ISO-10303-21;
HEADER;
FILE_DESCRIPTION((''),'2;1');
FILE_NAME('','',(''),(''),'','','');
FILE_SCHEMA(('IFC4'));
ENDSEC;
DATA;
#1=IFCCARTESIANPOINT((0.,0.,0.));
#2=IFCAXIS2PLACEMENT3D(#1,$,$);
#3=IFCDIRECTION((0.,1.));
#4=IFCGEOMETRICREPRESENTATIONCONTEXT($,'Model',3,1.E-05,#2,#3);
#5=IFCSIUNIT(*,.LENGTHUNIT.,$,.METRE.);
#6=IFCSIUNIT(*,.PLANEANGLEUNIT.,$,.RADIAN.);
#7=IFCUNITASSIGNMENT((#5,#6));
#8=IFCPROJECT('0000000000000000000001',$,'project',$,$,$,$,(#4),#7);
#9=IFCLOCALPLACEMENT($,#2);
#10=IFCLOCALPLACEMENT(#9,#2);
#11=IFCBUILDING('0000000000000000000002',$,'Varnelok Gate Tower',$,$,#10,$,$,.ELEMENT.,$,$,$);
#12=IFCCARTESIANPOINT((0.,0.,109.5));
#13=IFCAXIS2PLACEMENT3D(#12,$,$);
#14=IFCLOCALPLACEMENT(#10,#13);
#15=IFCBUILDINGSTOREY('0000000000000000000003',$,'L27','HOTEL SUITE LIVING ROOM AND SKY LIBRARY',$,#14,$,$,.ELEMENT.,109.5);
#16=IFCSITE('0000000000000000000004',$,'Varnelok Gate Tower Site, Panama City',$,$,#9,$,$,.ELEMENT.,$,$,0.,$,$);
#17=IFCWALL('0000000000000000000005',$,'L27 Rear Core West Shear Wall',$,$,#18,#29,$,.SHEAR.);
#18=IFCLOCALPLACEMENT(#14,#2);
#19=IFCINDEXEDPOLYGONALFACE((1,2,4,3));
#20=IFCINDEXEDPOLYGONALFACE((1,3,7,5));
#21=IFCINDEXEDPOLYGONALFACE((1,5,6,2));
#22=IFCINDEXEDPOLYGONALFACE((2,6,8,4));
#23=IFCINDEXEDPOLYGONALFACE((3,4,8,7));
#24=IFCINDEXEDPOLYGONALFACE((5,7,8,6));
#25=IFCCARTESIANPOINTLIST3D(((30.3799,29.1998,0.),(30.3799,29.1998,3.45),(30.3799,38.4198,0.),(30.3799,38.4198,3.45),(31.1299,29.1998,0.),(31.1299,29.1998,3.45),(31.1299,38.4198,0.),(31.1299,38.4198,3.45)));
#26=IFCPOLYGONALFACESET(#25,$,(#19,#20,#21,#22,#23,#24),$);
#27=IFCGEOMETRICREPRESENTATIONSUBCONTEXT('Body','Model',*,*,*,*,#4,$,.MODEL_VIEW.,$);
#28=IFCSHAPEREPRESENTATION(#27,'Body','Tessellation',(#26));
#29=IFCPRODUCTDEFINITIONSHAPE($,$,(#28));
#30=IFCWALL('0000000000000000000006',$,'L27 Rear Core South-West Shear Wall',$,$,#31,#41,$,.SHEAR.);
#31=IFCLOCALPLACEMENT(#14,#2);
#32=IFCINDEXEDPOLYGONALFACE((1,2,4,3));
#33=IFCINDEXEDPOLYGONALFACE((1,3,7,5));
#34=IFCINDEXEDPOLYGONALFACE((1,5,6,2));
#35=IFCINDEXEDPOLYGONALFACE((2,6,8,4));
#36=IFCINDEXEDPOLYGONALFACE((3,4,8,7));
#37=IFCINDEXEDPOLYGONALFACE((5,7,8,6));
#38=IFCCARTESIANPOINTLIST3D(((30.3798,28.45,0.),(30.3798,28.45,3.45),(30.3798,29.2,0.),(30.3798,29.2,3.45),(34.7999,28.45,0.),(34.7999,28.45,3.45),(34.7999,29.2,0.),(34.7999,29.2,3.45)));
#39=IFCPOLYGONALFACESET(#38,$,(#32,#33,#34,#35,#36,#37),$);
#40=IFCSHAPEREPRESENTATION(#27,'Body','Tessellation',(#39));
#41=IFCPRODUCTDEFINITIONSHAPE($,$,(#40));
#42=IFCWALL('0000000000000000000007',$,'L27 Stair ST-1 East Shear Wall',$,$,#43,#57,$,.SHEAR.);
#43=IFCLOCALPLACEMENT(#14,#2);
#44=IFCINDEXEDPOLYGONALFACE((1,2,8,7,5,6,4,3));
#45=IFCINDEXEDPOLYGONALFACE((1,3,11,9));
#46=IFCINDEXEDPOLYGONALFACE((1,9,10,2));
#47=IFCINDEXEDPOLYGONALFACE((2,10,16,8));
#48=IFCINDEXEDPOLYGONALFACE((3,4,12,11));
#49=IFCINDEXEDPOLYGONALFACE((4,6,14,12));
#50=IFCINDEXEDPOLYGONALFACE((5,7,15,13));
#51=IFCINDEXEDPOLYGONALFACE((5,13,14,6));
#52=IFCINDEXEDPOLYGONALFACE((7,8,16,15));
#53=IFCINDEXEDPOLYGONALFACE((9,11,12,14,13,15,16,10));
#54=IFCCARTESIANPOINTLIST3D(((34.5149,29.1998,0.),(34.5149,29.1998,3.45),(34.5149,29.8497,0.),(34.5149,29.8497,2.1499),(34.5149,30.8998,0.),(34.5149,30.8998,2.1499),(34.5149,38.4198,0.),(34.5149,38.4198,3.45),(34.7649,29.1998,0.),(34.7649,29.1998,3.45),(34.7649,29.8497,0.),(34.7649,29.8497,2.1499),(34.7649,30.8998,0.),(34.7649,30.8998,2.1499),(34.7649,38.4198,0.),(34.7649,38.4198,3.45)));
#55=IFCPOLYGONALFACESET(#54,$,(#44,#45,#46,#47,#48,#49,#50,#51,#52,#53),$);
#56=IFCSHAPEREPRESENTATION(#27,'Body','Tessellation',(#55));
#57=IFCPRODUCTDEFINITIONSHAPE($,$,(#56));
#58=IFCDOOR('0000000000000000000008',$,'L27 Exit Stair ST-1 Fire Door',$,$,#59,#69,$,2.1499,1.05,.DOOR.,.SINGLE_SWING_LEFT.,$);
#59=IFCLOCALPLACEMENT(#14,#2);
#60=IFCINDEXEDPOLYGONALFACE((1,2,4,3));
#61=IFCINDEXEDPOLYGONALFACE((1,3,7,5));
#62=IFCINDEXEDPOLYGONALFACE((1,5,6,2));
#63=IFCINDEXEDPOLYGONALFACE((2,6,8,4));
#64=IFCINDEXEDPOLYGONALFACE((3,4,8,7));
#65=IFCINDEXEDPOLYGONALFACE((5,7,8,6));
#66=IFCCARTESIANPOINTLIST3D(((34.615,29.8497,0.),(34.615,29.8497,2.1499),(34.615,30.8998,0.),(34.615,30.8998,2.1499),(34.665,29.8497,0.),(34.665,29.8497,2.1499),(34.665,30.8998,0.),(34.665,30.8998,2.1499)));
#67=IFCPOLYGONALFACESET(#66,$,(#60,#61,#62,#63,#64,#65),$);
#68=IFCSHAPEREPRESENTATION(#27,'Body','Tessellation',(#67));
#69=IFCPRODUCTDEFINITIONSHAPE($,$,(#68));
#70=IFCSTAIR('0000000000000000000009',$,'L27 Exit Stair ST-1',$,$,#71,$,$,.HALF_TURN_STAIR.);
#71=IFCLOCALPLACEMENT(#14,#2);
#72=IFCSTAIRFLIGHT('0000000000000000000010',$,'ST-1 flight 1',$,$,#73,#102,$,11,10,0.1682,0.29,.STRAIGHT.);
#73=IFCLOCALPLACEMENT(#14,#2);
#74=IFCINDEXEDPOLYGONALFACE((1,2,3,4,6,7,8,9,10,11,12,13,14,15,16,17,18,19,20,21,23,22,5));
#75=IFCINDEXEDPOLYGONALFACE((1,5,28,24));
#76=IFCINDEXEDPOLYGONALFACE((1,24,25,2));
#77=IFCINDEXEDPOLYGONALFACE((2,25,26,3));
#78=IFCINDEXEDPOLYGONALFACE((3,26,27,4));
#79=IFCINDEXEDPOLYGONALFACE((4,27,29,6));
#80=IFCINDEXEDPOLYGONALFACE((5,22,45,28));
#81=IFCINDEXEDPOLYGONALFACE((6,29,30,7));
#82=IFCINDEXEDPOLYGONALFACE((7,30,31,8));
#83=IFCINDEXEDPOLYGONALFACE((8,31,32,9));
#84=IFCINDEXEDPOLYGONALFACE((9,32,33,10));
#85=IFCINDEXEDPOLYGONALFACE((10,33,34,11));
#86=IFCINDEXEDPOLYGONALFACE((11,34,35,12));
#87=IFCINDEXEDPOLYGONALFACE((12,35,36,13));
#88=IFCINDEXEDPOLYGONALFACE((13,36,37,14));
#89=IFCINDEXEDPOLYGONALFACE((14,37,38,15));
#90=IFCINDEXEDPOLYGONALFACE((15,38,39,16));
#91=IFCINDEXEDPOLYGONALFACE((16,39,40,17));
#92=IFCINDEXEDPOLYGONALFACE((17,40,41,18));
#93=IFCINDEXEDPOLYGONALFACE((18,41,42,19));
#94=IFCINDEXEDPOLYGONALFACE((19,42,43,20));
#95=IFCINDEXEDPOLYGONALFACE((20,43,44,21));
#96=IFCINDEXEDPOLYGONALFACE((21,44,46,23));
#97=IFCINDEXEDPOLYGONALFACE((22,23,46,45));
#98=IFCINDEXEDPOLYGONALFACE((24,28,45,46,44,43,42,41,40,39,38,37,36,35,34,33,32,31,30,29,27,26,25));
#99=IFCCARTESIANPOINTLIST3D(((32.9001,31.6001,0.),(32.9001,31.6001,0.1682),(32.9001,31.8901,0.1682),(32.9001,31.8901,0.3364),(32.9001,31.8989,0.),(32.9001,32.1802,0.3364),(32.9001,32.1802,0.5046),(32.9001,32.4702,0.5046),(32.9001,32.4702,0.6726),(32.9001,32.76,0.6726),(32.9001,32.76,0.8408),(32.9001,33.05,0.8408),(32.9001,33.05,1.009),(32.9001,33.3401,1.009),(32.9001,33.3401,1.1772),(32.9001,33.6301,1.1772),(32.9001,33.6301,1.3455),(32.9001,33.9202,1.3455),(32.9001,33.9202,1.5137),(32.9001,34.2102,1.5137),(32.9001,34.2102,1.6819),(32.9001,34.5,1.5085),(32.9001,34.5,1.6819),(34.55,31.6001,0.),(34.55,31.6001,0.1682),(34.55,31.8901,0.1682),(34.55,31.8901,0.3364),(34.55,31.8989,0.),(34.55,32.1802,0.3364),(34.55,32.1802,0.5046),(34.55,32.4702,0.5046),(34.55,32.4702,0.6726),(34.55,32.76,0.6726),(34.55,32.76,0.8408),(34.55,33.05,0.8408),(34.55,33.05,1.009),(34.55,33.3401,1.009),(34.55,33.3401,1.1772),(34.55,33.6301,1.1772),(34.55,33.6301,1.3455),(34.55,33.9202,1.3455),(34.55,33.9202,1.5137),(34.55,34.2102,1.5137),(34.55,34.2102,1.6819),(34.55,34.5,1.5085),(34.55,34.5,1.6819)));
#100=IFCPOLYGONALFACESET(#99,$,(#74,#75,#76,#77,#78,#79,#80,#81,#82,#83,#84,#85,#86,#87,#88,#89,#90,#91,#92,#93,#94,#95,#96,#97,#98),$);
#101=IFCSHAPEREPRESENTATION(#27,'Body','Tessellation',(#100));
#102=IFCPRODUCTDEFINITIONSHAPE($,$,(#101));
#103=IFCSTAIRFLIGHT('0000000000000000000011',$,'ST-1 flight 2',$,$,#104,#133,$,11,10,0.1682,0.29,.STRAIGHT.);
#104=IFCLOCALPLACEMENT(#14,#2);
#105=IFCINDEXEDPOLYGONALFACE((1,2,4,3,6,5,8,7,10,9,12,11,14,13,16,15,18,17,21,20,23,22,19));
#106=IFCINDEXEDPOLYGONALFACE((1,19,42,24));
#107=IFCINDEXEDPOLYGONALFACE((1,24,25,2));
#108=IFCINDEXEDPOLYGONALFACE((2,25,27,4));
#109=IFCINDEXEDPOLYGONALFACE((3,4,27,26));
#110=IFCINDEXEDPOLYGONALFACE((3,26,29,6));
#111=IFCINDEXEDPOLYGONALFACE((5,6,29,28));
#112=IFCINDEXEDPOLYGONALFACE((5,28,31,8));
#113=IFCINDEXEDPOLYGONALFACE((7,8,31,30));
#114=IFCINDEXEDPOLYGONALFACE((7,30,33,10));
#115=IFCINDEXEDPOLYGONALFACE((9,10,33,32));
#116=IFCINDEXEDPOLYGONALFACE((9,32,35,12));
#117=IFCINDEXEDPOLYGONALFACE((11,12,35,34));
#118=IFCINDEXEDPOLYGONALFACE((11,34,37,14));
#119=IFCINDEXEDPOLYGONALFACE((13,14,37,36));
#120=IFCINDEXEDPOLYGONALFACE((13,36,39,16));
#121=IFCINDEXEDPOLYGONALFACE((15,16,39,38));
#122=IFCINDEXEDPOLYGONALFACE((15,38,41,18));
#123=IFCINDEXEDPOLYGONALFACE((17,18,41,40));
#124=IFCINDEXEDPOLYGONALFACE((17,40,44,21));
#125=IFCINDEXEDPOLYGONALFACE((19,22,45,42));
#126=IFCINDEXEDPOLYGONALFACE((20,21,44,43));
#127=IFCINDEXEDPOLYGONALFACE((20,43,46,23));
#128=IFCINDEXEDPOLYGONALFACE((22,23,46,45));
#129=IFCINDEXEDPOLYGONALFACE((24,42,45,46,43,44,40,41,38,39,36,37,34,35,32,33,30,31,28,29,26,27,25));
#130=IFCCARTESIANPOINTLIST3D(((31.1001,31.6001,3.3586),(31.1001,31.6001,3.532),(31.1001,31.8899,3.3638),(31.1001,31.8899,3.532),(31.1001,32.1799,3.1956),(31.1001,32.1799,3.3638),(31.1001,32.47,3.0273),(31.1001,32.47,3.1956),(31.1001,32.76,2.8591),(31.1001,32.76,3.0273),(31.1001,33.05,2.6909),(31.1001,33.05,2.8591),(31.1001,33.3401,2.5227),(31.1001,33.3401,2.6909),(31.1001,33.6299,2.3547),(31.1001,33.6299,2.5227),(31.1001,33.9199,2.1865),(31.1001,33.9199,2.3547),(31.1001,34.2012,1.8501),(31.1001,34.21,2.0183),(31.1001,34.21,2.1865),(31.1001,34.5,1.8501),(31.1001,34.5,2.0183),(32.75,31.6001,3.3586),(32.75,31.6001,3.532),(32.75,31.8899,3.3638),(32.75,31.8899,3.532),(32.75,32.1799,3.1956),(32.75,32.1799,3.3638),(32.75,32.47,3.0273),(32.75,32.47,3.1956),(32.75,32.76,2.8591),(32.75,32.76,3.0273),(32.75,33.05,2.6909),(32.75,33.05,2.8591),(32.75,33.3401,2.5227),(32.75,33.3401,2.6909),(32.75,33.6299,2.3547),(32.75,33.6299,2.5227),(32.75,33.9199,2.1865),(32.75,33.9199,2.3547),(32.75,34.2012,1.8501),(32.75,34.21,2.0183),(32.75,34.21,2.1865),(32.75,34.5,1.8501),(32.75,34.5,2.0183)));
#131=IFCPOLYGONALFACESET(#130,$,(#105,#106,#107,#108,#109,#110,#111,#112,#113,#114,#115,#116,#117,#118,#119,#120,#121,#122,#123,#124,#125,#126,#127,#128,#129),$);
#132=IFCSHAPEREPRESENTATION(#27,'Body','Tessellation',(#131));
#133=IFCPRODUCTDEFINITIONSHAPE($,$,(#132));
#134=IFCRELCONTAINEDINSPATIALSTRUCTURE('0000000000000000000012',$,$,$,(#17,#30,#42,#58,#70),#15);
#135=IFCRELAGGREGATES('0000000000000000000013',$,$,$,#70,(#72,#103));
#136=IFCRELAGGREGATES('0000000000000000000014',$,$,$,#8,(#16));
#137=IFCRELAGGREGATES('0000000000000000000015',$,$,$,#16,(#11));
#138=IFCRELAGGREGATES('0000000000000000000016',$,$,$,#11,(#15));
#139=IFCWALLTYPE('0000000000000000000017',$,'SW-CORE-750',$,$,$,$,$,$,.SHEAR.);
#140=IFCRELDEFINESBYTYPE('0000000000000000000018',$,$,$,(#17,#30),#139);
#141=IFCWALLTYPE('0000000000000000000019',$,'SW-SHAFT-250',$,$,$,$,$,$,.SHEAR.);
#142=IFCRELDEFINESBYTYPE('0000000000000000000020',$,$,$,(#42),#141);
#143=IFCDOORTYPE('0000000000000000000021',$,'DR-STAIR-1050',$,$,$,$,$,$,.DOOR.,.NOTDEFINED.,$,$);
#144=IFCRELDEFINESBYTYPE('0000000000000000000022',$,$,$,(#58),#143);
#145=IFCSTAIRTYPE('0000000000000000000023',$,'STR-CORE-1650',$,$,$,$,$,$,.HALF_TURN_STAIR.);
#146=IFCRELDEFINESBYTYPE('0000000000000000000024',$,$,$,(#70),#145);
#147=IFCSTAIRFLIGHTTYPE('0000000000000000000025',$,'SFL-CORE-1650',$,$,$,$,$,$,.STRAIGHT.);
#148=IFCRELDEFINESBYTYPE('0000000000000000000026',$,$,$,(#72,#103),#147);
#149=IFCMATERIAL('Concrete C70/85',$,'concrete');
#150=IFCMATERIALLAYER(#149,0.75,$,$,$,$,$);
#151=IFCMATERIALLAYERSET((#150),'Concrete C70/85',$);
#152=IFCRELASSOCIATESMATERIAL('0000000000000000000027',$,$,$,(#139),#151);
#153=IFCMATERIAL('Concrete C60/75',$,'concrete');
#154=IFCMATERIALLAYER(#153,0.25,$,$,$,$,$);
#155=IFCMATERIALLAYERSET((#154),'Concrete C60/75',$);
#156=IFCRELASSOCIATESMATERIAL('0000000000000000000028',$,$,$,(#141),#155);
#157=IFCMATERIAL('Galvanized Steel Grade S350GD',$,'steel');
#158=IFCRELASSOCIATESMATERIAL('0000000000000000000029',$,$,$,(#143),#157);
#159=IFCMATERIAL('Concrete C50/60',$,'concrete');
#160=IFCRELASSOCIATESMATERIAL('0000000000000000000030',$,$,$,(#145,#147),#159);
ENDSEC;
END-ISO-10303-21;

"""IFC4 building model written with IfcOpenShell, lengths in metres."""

from ifc_helpers import new_model, si_unit, direction, frame, frame_2d, origin, place, context, subcontext, project, spatial, polyline, rectangle, outline, extrude, material, layer, layer_set, type_object, element, fill, aggregate, save


model = new_model("IFC4")

# Units and contexts
model_context = context("Model", 3, precision=1e-05, world=origin(), true_north=direction((0.0, 1.0)))
body_context = subcontext(model_context, "Body", "Model", "MODEL_VIEW")
ifc_project = project(units=[si_unit("LENGTHUNIT", "METRE"), si_unit("PLANEANGLEUNIT", "RADIAN")], contexts=[model_context])

# Site, building, storey
site_placement = place(None, origin())
site = spatial("IfcSite", under=ifc_project, at=site_placement, Name="Varnelok Gate Tower Site, Panama City", CompositionType="ELEMENT", RefElevation=0.0)
building_placement = place(site_placement, origin())
building = spatial("IfcBuilding", under=site, at=building_placement, Name="Varnelok Gate Tower", CompositionType="ELEMENT")
storey_placement = place(building_placement, frame((0.0, 0.0, 109.5)))
storey = spatial("IfcBuildingStorey", under=building, at=storey_placement, Name="L27", Description="HOTEL SUITE LIVING ROOM AND SKY LIBRARY", CompositionType="ELEMENT", Elevation=109.5)

# Shared definitions
ifc_material_1 = material(Name="Concrete C70/85", Category="concrete")

# Shared definitions
ifc_material_2 = material(Name="Concrete C60/75", Category="concrete")

# Shared definitions
ifc_material_3 = material(Name="Galvanized Steel Grade S350GD", Category="steel")

# Walls
ifc_layer_1 = layer(ifc_material_1, 0.75)
ifc_layer_set_1 = layer_set([ifc_layer_1], Name="Concrete C70/85")
wall_type_1 = type_object("IfcWallType", Name="SW-CORE-750", PredefinedType="SHEAR", material=ifc_layer_set_1)
wall_1_placement = place(storey_placement, frame((30.7549, 29.2, 0.0), z_axis=(0.0, 0.0, 1.0), x_axis=(0.0, 1.0, 0.0)))
element("IfcWall", 1, at=wall_1_placement, inside=storey, type_object=wall_type_1, Name="L27 Rear Core West Shear Wall", PredefinedType="SHEAR", context=body_context, shape_type="SweptSolid", body=[
    extrude(rectangle(XDim=9.22, YDim=0.75, at=frame_2d((4.6099, 0.0))), origin(), (0.0, 0.0, 1.0), 3.45),
])
wall_2_placement = place(storey_placement, frame((30.3799, 28.825, 0.0), z_axis=(0.0, 0.0, 1.0), x_axis=(1.0, 0.0, 0.0)))
element("IfcWall", 2, at=wall_2_placement, inside=storey, type_object=wall_type_1, Name="L27 Rear Core South-West Shear Wall", PredefinedType="SHEAR", context=body_context, shape_type="SweptSolid", body=[
    extrude(rectangle(XDim=4.4202, YDim=0.75, at=frame_2d((2.21, 0.0))), origin(), (0.0, 0.0, 1.0), 3.45),
])

# Wall, opening, door
ifc_layer_2 = layer(ifc_material_2, 0.25)
ifc_layer_set_2 = layer_set([ifc_layer_2], Name="Concrete C60/75")
wall_type_2 = type_object("IfcWallType", Name="SW-SHAFT-250", PredefinedType="SHEAR", material=ifc_layer_set_2)
wall_3_placement = place(storey_placement, frame((34.6399, 29.2, 0.0), z_axis=(0.0, 0.0, 1.0), x_axis=(0.0, 1.0, 0.0)))
wall_3 = element("IfcWall", 3, at=wall_3_placement, inside=storey, type_object=wall_type_2, Name="L27 Stair ST-1 East Shear Wall", PredefinedType="SHEAR", context=body_context, shape_type="SweptSolid", body=[
    extrude(rectangle(XDim=9.22, YDim=0.25, at=frame_2d((4.6099, 0.0))), origin(), (0.0, 0.0, 1.0), 3.45),
])
opening_1_placement = place(wall_3_placement, frame((0.6499, 0.0, 0.0)))
opening_1 = element("IfcOpeningElement", 4, at=opening_1_placement, cuts=wall_3, PredefinedType="OPENING", context=body_context, shape_type="SweptSolid", body=[
    extrude(rectangle(XDim=1.05, YDim=2.1499, at=frame_2d((0.5249, 1.075))), frame((0.0, 0.135, 0.0), z_axis=(0.0, -1.0, 0.0), x_axis=(1.0, 0.0, 0.0)), (0.0, 0.0, 1.0), 0.27),
])
door_type_1 = type_object("IfcDoorType", Name="DR-STAIR-1050", OperationType="NOTDEFINED", PredefinedType="DOOR", material=ifc_material_3)
door_1_placement = place(opening_1_placement, origin())
door_1 = element("IfcDoor", 5, at=door_1_placement, inside=storey, type_object=door_type_1, Name="L27 Exit Stair ST-1 Fire Door", OperationType="SINGLE_SWING_LEFT", OverallHeight=2.1499, OverallWidth=1.05, PredefinedType="DOOR", context=body_context, shape_type="SweptSolid", body=[
    extrude(rectangle(XDim=1.05, YDim=2.1499, at=frame_2d((0.5249, 1.075))), frame((0.0, 0.0249, 0.0), z_axis=(0.0, -1.0, 0.0), x_axis=(1.0, 0.0, 0.0)), (0.0, 0.0, 1.0), 0.05),
])
fill(opening_1, door_1)

# Stair, stair flights
ifc_material_4 = material(Name="Concrete C50/60", Category="concrete")
stair_type = type_object("IfcStairType", Name="STR-CORE-1650", PredefinedType="HALF_TURN_STAIR", material=ifc_material_4)
stair_placement = place(storey_placement, origin())
stair = element("IfcStair", 6, at=stair_placement, inside=storey, type_object=stair_type, Name="L27 Exit Stair ST-1", PredefinedType="HALF_TURN_STAIR")
stair_flight_type = type_object("IfcStairFlightType", Name="SFL-CORE-1650", PredefinedType="STRAIGHT", material=ifc_material_4)
stair_flight_1_placement = place(storey_placement, frame((33.7251, 31.6001, 0.0), z_axis=(0.0, 0.0, 1.0), x_axis=(0.0, 1.0, 0.0)))
stair_flight_1 = element("IfcStairFlight", 7, at=stair_flight_1_placement, type_object=stair_flight_type, Name="ST-1 flight 1", NumberOfRisers=11, NumberOfTreads=10, PredefinedType="STRAIGHT", RiserHeight=0.1682, TreadLength=0.29, context=body_context, shape_type="SweptSolid", body=[
    extrude(outline(polyline([(0.0, 0.0), (0.0, 0.1682), (0.29, 0.1682), (0.29, 0.3364), (0.5801, 0.3364), (0.5801, 0.5046), (0.8701, 0.5046), (0.8701, 0.6726), (1.1599, 0.6726), (1.1599, 0.8408), (1.45, 0.8408), (1.45, 1.009), (1.74, 1.009), (1.74, 1.1772), (2.03, 1.1772), (2.03, 1.3455), (2.3201, 1.3455), (2.3201, 1.5137), (2.6101, 1.5137), (2.6101, 1.6819), (2.8999, 1.6819), (2.8999, 1.8501), (2.8999, 1.5085), (0.2988, 0.0), (0.0, 0.0)])), frame((0.0, 0.825, 0.0), z_axis=(0.0, -1.0, 0.0), x_axis=(1.0, 0.0, 0.0)), (0.0, 0.0, 1.0), 1.6499),
])
stair_flight_2_placement = place(storey_placement, frame((31.925, 34.5, 1.8501), z_axis=(0.0, 0.0, 1.0), x_axis=(0.0, -1.0, 0.0)))
stair_flight_2 = element("IfcStairFlight", 8, at=stair_flight_2_placement, type_object=stair_flight_type, Name="ST-1 flight 2", NumberOfRisers=11, NumberOfTreads=10, PredefinedType="STRAIGHT", RiserHeight=0.1682, TreadLength=0.29, context=body_context, shape_type="SweptSolid", body=[
    extrude(outline(polyline([(0.0, 0.0), (0.0, 0.1682), (0.29, 0.1682), (0.29, 0.3364), (0.5801, 0.3364), (0.5801, 0.5046), (0.8701, 0.5046), (0.8701, 0.6726), (1.1599, 0.6726), (1.1599, 0.8408), (1.45, 0.8408), (1.45, 1.009), (1.74, 1.009), (1.74, 1.1772), (2.03, 1.1772), (2.03, 1.3455), (2.3201, 1.3455), (2.3201, 1.5137), (2.6101, 1.5137), (2.6101, 1.6819), (2.8999, 1.6819), (2.8999, 1.8501), (2.8999, 1.5085), (0.2988, 0.0), (0.0, 0.0)])), frame((0.0, 0.825, 0.0), z_axis=(0.0, -1.0, 0.0), x_axis=(1.0, 0.0, 0.0)), (0.0, 0.0, 1.0), 1.6499),
])
aggregate(stair, [stair_flight_1, stair_flight_2])

save(model, "model.ifc")
